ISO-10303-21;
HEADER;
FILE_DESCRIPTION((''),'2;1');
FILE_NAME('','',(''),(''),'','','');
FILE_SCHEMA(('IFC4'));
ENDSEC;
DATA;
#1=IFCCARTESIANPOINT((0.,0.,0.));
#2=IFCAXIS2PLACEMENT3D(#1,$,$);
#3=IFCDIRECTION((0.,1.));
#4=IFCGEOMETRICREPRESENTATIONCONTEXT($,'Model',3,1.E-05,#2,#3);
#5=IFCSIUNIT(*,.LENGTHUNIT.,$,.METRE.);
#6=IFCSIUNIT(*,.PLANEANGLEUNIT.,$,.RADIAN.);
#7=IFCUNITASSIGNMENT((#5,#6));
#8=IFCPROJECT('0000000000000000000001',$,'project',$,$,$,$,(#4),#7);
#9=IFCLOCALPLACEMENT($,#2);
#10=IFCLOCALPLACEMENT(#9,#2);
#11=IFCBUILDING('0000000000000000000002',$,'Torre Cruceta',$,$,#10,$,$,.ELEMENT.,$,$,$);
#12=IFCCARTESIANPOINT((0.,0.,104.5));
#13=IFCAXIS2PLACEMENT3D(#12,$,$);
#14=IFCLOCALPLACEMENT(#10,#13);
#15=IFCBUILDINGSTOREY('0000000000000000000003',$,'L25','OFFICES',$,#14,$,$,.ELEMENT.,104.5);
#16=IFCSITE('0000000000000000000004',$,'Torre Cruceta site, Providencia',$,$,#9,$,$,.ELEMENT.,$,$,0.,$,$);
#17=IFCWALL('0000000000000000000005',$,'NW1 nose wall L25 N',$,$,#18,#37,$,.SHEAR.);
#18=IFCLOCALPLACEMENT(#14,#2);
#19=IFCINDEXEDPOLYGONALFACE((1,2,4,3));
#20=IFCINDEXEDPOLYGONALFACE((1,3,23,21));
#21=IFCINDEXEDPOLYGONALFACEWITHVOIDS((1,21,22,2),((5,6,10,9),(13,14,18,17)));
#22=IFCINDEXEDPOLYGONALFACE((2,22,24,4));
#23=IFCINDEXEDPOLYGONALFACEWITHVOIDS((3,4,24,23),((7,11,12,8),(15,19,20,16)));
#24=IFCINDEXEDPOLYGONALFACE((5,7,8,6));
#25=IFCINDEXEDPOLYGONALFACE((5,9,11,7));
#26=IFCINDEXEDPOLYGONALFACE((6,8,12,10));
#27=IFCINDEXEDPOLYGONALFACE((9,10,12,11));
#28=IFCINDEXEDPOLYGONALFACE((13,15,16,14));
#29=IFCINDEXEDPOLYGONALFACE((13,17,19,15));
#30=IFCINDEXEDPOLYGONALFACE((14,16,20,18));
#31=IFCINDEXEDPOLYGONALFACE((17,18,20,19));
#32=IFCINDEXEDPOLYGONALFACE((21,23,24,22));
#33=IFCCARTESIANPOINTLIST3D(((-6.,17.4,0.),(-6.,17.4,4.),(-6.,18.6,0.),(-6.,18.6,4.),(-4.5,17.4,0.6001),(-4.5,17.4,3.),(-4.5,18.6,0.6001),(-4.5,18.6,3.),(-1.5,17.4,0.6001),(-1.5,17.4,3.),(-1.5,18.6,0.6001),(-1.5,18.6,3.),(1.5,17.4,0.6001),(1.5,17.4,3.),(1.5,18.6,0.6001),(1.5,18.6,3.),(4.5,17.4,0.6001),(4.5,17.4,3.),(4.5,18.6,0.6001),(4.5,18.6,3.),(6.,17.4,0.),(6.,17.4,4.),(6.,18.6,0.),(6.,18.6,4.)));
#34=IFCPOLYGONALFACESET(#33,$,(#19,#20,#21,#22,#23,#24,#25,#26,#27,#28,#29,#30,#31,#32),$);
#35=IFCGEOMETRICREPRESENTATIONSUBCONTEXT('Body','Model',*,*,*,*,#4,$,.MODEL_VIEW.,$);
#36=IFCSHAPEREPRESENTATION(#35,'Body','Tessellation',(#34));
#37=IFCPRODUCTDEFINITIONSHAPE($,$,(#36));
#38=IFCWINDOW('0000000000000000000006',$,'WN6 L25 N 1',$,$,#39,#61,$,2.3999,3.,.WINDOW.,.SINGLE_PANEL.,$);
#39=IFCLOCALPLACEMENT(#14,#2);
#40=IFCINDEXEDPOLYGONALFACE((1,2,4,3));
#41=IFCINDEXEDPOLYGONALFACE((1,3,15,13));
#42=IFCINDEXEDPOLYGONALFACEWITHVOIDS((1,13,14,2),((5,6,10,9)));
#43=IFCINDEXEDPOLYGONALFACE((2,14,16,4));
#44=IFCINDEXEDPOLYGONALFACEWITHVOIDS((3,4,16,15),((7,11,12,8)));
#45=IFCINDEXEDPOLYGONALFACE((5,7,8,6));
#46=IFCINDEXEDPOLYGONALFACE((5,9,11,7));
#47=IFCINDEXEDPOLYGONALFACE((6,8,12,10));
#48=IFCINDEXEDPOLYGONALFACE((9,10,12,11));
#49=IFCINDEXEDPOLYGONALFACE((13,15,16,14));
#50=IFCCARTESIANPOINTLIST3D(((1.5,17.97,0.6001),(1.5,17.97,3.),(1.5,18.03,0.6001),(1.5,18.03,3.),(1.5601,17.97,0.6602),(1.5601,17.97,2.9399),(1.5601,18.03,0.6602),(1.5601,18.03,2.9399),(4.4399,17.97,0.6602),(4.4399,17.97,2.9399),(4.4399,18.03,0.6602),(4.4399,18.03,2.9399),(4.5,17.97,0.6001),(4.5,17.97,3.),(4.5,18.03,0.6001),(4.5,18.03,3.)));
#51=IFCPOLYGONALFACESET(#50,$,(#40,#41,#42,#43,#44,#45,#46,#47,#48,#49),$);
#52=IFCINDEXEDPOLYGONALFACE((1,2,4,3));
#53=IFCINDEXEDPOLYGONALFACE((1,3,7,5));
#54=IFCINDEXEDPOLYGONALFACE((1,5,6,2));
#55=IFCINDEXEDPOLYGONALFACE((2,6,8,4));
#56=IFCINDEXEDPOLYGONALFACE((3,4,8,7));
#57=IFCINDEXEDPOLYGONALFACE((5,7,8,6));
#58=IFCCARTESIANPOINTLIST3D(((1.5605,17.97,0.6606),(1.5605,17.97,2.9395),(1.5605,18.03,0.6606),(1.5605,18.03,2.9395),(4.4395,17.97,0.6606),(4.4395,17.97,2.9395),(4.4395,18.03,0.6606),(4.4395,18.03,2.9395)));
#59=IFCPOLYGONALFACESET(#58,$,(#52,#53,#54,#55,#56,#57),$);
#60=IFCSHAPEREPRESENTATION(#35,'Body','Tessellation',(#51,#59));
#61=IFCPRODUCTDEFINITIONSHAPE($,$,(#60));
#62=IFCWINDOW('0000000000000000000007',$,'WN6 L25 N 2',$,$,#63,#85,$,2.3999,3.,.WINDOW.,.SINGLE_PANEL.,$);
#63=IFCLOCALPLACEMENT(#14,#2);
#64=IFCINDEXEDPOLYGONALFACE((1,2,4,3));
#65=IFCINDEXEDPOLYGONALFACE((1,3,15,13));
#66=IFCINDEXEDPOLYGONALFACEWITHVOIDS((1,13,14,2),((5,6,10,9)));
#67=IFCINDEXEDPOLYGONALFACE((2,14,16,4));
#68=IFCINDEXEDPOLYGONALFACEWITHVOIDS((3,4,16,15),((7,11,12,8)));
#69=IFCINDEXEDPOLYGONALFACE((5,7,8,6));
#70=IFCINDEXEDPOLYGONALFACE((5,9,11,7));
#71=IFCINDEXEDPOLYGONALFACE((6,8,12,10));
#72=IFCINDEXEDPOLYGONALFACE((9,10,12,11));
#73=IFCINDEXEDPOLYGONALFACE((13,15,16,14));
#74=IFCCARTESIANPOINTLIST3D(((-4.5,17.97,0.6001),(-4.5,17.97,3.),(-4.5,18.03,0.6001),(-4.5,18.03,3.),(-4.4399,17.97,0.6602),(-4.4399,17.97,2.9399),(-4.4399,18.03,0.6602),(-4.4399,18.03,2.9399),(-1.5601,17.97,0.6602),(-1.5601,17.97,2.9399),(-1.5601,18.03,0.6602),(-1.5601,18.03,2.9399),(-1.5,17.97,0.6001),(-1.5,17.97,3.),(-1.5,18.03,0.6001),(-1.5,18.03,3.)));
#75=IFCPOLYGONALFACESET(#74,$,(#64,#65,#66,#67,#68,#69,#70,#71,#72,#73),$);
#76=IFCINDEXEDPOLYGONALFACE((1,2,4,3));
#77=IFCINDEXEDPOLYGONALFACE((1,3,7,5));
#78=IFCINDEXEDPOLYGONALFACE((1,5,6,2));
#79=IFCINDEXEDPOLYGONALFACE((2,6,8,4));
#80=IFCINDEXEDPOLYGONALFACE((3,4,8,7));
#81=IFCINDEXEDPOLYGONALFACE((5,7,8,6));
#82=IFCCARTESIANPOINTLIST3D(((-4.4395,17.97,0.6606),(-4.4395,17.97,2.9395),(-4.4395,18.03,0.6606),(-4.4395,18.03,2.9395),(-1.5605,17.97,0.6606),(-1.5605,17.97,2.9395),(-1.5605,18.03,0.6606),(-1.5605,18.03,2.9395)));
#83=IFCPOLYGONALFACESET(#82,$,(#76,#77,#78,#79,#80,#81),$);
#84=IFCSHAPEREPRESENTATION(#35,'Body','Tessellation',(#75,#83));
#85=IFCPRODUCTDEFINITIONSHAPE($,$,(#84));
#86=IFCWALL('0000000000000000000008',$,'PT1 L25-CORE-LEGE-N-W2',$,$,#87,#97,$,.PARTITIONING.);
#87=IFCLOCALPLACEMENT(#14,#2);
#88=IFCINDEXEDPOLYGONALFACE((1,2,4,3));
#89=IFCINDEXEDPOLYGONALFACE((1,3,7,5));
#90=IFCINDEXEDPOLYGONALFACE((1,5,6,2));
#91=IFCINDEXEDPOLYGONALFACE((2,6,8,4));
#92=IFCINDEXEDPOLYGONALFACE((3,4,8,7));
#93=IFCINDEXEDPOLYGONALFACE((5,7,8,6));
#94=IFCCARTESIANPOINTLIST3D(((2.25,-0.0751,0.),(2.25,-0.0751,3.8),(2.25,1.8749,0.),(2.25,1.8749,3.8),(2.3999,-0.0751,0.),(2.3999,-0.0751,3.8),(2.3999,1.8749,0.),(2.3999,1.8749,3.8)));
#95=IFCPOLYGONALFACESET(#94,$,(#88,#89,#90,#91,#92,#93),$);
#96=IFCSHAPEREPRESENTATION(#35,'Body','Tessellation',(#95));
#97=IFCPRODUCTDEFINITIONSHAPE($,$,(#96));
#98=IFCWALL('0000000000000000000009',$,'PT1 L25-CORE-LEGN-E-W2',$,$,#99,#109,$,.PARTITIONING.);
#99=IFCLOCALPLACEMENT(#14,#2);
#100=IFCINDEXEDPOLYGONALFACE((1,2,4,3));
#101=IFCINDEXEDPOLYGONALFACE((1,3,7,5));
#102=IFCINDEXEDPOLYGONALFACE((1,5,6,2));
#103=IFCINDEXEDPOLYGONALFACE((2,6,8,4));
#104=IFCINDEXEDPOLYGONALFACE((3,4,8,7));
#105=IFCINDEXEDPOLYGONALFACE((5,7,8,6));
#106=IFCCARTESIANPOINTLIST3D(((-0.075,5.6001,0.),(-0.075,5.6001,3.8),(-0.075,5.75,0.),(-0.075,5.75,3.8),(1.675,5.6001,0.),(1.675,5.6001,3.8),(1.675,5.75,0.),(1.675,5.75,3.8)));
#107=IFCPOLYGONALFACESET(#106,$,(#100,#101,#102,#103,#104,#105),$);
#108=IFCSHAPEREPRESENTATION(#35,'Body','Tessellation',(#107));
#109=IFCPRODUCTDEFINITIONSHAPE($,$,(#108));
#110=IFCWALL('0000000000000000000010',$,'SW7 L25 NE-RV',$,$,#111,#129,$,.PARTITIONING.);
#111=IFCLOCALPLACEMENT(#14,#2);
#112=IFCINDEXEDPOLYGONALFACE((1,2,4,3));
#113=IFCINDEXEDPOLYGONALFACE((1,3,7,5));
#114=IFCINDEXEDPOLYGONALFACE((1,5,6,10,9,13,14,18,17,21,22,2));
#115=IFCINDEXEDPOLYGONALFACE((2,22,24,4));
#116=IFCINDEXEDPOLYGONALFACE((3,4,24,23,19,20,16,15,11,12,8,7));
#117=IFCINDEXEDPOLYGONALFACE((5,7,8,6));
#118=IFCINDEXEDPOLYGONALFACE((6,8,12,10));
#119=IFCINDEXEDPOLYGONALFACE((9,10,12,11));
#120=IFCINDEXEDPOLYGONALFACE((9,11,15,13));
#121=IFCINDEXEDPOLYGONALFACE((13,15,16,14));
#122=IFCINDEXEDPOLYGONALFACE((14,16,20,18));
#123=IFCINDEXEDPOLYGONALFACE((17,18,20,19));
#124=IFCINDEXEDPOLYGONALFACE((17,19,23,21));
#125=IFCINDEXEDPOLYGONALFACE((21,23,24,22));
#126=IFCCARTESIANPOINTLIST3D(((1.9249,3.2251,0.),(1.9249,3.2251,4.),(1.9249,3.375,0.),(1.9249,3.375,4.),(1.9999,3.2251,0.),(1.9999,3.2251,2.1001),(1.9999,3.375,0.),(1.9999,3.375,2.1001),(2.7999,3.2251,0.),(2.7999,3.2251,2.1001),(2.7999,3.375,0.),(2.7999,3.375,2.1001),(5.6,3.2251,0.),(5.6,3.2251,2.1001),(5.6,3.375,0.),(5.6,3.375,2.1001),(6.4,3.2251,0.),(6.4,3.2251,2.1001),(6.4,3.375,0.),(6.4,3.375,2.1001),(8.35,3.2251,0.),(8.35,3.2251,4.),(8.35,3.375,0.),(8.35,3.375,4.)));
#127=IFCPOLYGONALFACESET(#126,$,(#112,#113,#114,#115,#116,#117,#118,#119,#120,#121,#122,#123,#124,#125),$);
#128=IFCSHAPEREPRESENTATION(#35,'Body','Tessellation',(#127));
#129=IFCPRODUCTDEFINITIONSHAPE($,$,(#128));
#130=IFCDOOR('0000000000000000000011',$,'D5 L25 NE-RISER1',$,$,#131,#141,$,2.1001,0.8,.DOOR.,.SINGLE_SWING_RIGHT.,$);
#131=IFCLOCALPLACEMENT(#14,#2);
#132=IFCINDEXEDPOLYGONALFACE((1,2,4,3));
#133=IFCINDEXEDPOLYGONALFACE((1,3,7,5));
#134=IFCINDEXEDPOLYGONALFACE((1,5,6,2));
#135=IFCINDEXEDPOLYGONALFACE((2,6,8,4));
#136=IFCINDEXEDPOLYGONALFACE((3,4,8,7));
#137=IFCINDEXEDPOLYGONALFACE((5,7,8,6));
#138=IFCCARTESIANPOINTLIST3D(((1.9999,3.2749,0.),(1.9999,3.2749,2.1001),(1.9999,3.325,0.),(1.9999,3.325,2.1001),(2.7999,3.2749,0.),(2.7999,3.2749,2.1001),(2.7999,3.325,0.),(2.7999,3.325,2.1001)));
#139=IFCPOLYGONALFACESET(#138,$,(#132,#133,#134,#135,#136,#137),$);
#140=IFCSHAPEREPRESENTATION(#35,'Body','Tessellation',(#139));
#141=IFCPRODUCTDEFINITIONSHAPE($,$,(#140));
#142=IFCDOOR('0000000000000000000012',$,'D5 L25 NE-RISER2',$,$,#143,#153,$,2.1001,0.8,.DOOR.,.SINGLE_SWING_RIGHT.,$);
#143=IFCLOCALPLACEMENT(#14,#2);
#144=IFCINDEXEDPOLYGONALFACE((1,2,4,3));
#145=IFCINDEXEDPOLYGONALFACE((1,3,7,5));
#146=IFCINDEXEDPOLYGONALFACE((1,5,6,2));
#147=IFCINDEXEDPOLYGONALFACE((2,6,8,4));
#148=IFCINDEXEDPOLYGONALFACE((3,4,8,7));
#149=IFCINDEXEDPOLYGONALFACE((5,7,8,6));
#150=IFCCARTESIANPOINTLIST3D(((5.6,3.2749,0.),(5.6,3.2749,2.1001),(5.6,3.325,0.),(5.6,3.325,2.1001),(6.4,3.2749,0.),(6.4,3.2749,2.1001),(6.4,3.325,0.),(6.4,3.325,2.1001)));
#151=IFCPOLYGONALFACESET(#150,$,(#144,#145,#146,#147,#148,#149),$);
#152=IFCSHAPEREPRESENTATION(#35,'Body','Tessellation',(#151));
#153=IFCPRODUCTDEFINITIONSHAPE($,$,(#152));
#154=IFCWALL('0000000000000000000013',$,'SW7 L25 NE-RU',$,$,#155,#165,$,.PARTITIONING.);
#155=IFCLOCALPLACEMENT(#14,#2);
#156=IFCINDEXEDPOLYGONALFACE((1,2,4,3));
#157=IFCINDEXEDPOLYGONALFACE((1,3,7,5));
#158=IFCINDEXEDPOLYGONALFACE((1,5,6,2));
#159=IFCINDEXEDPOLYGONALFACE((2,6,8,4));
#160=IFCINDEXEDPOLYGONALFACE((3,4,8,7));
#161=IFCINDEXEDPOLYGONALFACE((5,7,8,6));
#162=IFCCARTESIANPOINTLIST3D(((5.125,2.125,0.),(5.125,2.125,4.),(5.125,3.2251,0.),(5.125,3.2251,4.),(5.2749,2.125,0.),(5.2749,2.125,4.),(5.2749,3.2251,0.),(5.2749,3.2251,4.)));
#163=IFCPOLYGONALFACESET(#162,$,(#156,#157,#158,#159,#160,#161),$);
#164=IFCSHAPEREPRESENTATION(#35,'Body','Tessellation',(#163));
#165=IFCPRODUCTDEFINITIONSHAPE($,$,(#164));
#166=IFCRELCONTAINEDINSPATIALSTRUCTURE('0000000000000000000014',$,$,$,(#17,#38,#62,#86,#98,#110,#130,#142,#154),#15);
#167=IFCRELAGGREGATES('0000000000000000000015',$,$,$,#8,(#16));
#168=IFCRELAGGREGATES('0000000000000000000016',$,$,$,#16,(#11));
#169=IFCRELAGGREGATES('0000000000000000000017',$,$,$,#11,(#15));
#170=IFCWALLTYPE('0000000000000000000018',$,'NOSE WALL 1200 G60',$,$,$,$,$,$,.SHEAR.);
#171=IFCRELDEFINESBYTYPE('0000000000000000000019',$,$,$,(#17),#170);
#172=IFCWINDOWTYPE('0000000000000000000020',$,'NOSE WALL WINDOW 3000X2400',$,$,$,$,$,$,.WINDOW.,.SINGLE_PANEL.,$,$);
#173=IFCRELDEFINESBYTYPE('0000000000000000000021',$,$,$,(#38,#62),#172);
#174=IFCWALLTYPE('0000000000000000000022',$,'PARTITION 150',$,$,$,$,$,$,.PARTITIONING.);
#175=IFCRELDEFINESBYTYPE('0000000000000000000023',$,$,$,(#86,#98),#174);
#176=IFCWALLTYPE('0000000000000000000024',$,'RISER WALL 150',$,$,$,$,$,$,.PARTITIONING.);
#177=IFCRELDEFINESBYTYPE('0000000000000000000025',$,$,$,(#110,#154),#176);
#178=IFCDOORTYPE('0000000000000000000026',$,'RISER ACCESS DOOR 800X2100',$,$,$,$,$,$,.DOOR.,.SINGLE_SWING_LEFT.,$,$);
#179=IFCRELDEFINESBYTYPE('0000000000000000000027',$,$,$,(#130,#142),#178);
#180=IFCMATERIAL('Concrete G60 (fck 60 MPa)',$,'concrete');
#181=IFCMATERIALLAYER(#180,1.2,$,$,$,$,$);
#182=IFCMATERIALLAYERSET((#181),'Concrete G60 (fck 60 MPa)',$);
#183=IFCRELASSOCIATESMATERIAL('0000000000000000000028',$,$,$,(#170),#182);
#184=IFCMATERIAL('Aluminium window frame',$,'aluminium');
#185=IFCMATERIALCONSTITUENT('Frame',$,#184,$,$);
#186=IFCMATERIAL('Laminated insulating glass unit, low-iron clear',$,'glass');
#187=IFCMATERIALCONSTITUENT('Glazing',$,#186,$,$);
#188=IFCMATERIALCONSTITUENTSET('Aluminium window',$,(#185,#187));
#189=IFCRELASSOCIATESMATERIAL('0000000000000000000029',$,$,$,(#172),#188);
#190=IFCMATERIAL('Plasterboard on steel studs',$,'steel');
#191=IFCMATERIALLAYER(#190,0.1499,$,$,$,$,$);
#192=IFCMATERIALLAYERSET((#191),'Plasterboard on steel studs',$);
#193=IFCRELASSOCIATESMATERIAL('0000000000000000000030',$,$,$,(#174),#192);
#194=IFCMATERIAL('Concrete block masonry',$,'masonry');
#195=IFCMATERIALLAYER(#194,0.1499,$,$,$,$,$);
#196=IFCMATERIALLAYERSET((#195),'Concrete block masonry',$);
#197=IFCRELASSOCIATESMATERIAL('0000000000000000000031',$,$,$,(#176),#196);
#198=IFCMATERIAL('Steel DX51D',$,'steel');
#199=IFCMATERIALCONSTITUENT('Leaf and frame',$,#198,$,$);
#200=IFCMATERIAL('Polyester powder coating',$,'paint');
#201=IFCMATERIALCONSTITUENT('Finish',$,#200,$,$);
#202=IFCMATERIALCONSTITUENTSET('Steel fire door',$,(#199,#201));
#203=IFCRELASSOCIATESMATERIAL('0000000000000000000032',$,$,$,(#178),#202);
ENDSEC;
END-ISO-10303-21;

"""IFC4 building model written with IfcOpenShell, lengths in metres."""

from ifc_helpers import new_model, si_unit, direction, frame, frame_2d, origin, place, context, subcontext, project, spatial, rectangle, hollow_rectangle, extrude, material, layer, layer_set, constituent, constituent_set, type_object, element, fill, save


model = new_model("IFC4")

# Units and contexts
model_context = context("Model", 3, precision=1e-05, world=origin(), true_north=direction((0.0, 1.0)))
body_context = subcontext(model_context, "Body", "Model", "MODEL_VIEW")
ifc_project = project(units=[si_unit("LENGTHUNIT", "METRE"), si_unit("PLANEANGLEUNIT", "RADIAN")], contexts=[model_context])

# Site, building, storey
site_placement = place(None, origin())
site = spatial("IfcSite", under=ifc_project, at=site_placement, Name="Torre Cruceta site, Providencia", CompositionType="ELEMENT", RefElevation=0.0)
building_placement = place(site_placement, origin())
building = spatial("IfcBuilding", under=site, at=building_placement, Name="Torre Cruceta", CompositionType="ELEMENT")
storey_placement = place(building_placement, frame((0.0, 0.0, 104.5)))
storey = spatial("IfcBuildingStorey", under=building, at=storey_placement, Name="L25", Description="OFFICES", CompositionType="ELEMENT", Elevation=104.5)

# Wall, openings, windows
ifc_material_1 = material(Name="Concrete G60 (fck 60 MPa)", Category="concrete")
ifc_layer_1 = layer(ifc_material_1, 1.2)
ifc_layer_set_1 = layer_set([ifc_layer_1], Name="Concrete G60 (fck 60 MPa)")
wall_type_1 = type_object("IfcWallType", Name="NOSE WALL 1200 G60", PredefinedType="SHEAR", material=ifc_layer_set_1)
wall_1_placement = place(storey_placement, frame((6.0, 18.0, 0.0), z_axis=(0.0, 0.0, 1.0), x_axis=(-1.0, 0.0, 0.0)))
wall_1 = element("IfcWall", 1, at=wall_1_placement, inside=storey, type_object=wall_type_1, Name="NW1 nose wall L25 N", PredefinedType="SHEAR", context=body_context, shape_type="SweptSolid", body=[
    extrude(rectangle(XDim=12.0, YDim=1.2, at=frame_2d((6.0, 0.0))), origin(), (0.0, 0.0, 1.0), 4.0),
])
opening_1_placement = place(wall_1_placement, frame((1.5, 0.0, 0.6001)))
opening_1 = element("IfcOpeningElement", 2, at=opening_1_placement, cuts=wall_1, PredefinedType="OPENING", context=body_context, shape_type="SweptSolid", body=[
    extrude(rectangle(XDim=3.0, YDim=2.3999, at=frame_2d((1.5, 1.2))), frame((0.0, 0.6099, 0.0), z_axis=(0.0, -1.0, 0.0), x_axis=(1.0, 0.0, 0.0)), (0.0, 0.0, 1.0), 1.22),
])
opening_2_placement = place(wall_1_placement, frame((7.5, 0.0, 0.6001)))
opening_2 = element("IfcOpeningElement", 3, at=opening_2_placement, cuts=wall_1, PredefinedType="OPENING", context=body_context, shape_type="SweptSolid", body=[
    extrude(rectangle(XDim=3.0, YDim=2.3999, at=frame_2d((1.5, 1.2))), frame((0.0, 0.6099, 0.0), z_axis=(0.0, -1.0, 0.0), x_axis=(1.0, 0.0, 0.0)), (0.0, 0.0, 1.0), 1.22),
])
ifc_material_2 = material(Name="Aluminium window frame", Category="aluminium")
ifc_constituent_1 = constituent(ifc_material_2, Name="Frame")
ifc_material_3 = material(Name="Laminated insulating glass unit, low-iron clear", Category="glass")
ifc_constituent_2 = constituent(ifc_material_3, Name="Glazing")
ifc_constituent_set_1 = constituent_set(constituents=[ifc_constituent_1, ifc_constituent_2], Name="Aluminium window")
window_type = type_object("IfcWindowType", Name="NOSE WALL WINDOW 3000X2400", PartitioningType="SINGLE_PANEL", PredefinedType="WINDOW", material=ifc_constituent_set_1)
window_1_placement = place(opening_1_placement, origin())
window_1 = element("IfcWindow", 4, at=window_1_placement, inside=storey, type_object=window_type, Name="WN6 L25 N 1", OverallHeight=2.3999, OverallWidth=3.0, PartitioningType="SINGLE_PANEL", PredefinedType="WINDOW", context=body_context, shape_type="SweptSolid", body=[
    extrude(hollow_rectangle(XDim=3.0, YDim=2.3999, WallThickness=0.0601, at=frame_2d((1.5, 1.2))), frame((0.0, 0.03, 0.0), z_axis=(0.0, -1.0, 0.0), x_axis=(1.0, 0.0, 0.0)), (0.0, 0.0, 1.0), 0.0601),
    extrude(rectangle(XDim=2.8789, YDim=2.2788, at=frame_2d((1.5, 1.2))), frame((0.0, 0.03, 0.0), z_axis=(0.0, -1.0, 0.0), x_axis=(1.0, 0.0, 0.0)), (0.0, 0.0, 1.0), 0.0601),
])
fill(opening_1, window_1)
window_2_placement = place(opening_2_placement, origin())
window_2 = element("IfcWindow", 5, at=window_2_placement, inside=storey, type_object=window_type, Name="WN6 L25 N 2", OverallHeight=2.3999, OverallWidth=3.0, PartitioningType="SINGLE_PANEL", PredefinedType="WINDOW", context=body_context, shape_type="SweptSolid", body=[
    extrude(hollow_rectangle(XDim=3.0, YDim=2.3999, WallThickness=0.0601, at=frame_2d((1.5, 1.2))), frame((0.0, 0.03, 0.0), z_axis=(0.0, -1.0, 0.0), x_axis=(1.0, 0.0, 0.0)), (0.0, 0.0, 1.0), 0.0601),
    extrude(rectangle(XDim=2.8789, YDim=2.2788, at=frame_2d((1.5, 1.2))), frame((0.0, 0.03, 0.0), z_axis=(0.0, -1.0, 0.0), x_axis=(1.0, 0.0, 0.0)), (0.0, 0.0, 1.0), 0.0601),
])
fill(opening_2, window_2)

# Walls
ifc_material_4 = material(Name="Plasterboard on steel studs", Category="steel")
ifc_layer_2 = layer(ifc_material_4, 0.1499)
ifc_layer_set_2 = layer_set([ifc_layer_2], Name="Plasterboard on steel studs")
wall_type_2 = type_object("IfcWallType", Name="PARTITION 150", PredefinedType="PARTITIONING", material=ifc_layer_set_2)
wall_2_placement = place(storey_placement, frame((2.325, 1.875, 0.0), z_axis=(0.0, 0.0, 1.0), x_axis=(0.0, -1.0, 0.0)))
element("IfcWall", 6, at=wall_2_placement, inside=storey, type_object=wall_type_2, Name="PT1 L25-CORE-LEGE-N-W2", PredefinedType="PARTITIONING", context=body_context, shape_type="SweptSolid", body=[
    extrude(rectangle(XDim=1.95, YDim=0.1499, at=frame_2d((0.9751, 0.0))), origin(), (0.0, 0.0, 1.0), 3.8),
])
wall_3_placement = place(storey_placement, frame((1.675, 5.675, 0.0), z_axis=(0.0, 0.0, 1.0), x_axis=(-1.0, 0.0, 0.0)))
element("IfcWall", 7, at=wall_3_placement, inside=storey, type_object=wall_type_2, Name="PT1 L25-CORE-LEGN-E-W2", PredefinedType="PARTITIONING", context=body_context, shape_type="SweptSolid", body=[
    extrude(rectangle(XDim=1.75, YDim=0.1499, at=frame_2d((0.875, 0.0))), origin(), (0.0, 0.0, 1.0), 3.8),
])

# Wall, openings, doors
ifc_material_5 = material(Name="Concrete block masonry", Category="masonry")
ifc_layer_3 = layer(ifc_material_5, 0.1499)
ifc_layer_set_3 = layer_set([ifc_layer_3], Name="Concrete block masonry")
wall_type_3 = type_object("IfcWallType", Name="RISER WALL 150", PredefinedType="PARTITIONING", material=ifc_layer_set_3)
wall_4_placement = place(storey_placement, frame((1.925, 3.3, 0.0), z_axis=(0.0, 0.0, 1.0), x_axis=(1.0, 0.0, 0.0)))
wall_4 = element("IfcWall", 8, at=wall_4_placement, inside=storey, type_object=wall_type_3, Name="SW7 L25 NE-RV", PredefinedType="PARTITIONING", context=body_context, shape_type="SweptSolid", body=[
    extrude(rectangle(XDim=6.425, YDim=0.1499, at=frame_2d((3.2124, 0.0))), origin(), (0.0, 0.0, 1.0), 4.0),
])
opening_3_placement = place(wall_4_placement, frame((0.075, 0.0, 0.0)))
opening_3 = element("IfcOpeningElement", 9, at=opening_3_placement, cuts=wall_4, PredefinedType="OPENING", context=body_context, shape_type="SweptSolid", body=[
    extrude(rectangle(XDim=0.8, YDim=2.1001, at=frame_2d((0.3999, 1.05))), frame((0.0, 0.085, 0.0), z_axis=(0.0, -1.0, 0.0), x_axis=(1.0, 0.0, 0.0)), (0.0, 0.0, 1.0), 0.1699),
])
opening_4_placement = place(wall_4_placement, frame((3.675, 0.0, 0.0)))
opening_4 = element("IfcOpeningElement", 10, at=opening_4_placement, cuts=wall_4, PredefinedType="OPENING", context=body_context, shape_type="SweptSolid", body=[
    extrude(rectangle(XDim=0.8, YDim=2.1001, at=frame_2d((0.3999, 1.05))), frame((0.0, 0.085, 0.0), z_axis=(0.0, -1.0, 0.0), x_axis=(1.0, 0.0, 0.0)), (0.0, 0.0, 1.0), 0.1699),
])
ifc_material_6 = material(Name="Steel DX51D", Category="steel")
ifc_constituent_3 = constituent(ifc_material_6, Name="Leaf and frame")
ifc_material_7 = material(Name="Polyester powder coating", Category="paint")
ifc_constituent_4 = constituent(ifc_material_7, Name="Finish")
ifc_constituent_set_2 = constituent_set(constituents=[ifc_constituent_3, ifc_constituent_4], Name="Steel fire door")
door_type_1 = type_object("IfcDoorType", Name="RISER ACCESS DOOR 800X2100", OperationType="SINGLE_SWING_LEFT", PredefinedType="DOOR", material=ifc_constituent_set_2)
door_1_placement = place(opening_3_placement, frame((0.8, 0.0, 0.0), z_axis=(0.0, 0.0, 1.0), x_axis=(-1.0, 0.0, 0.0)))
door_1 = element("IfcDoor", 11, at=door_1_placement, inside=storey, type_object=door_type_1, Name="D5 L25 NE-RISER1", OperationType="SINGLE_SWING_RIGHT", OverallHeight=2.1001, OverallWidth=0.8, PredefinedType="DOOR", context=body_context, shape_type="SweptSolid", body=[
    extrude(rectangle(XDim=0.8, YDim=2.1001, at=frame_2d((0.4001, 1.05))), frame((0.0, 0.0251, 0.0), z_axis=(0.0, -1.0, 0.0), x_axis=(1.0, 0.0, 0.0)), (0.0, 0.0, 1.0), 0.05),
])
fill(opening_3, door_1)
door_2_placement = place(opening_4_placement, frame((0.8, 0.0, 0.0), z_axis=(0.0, 0.0, 1.0), x_axis=(-1.0, 0.0, 0.0)))
door_2 = element("IfcDoor", 12, at=door_2_placement, inside=storey, type_object=door_type_1, Name="D5 L25 NE-RISER2", OperationType="SINGLE_SWING_RIGHT", OverallHeight=2.1001, OverallWidth=0.8, PredefinedType="DOOR", context=body_context, shape_type="SweptSolid", body=[
    extrude(rectangle(XDim=0.8, YDim=2.1001, at=frame_2d((0.4001, 1.05))), frame((0.0, 0.0251, 0.0), z_axis=(0.0, -1.0, 0.0), x_axis=(1.0, 0.0, 0.0)), (0.0, 0.0, 1.0), 0.05),
])
fill(opening_4, door_2)

# Wall
wall_5_placement = place(storey_placement, frame((5.2, 2.125, 0.0), z_axis=(0.0, 0.0, 1.0), x_axis=(0.0, 1.0, 0.0)))
element("IfcWall", 13, at=wall_5_placement, inside=storey, type_object=wall_type_3, Name="SW7 L25 NE-RU", PredefinedType="PARTITIONING", context=body_context, shape_type="SweptSolid", body=[
    extrude(rectangle(XDim=1.1001, YDim=0.1499, at=frame_2d((0.55, 0.0))), origin(), (0.0, 0.0, 1.0), 4.0),
])

save(model, "model.ifc")
